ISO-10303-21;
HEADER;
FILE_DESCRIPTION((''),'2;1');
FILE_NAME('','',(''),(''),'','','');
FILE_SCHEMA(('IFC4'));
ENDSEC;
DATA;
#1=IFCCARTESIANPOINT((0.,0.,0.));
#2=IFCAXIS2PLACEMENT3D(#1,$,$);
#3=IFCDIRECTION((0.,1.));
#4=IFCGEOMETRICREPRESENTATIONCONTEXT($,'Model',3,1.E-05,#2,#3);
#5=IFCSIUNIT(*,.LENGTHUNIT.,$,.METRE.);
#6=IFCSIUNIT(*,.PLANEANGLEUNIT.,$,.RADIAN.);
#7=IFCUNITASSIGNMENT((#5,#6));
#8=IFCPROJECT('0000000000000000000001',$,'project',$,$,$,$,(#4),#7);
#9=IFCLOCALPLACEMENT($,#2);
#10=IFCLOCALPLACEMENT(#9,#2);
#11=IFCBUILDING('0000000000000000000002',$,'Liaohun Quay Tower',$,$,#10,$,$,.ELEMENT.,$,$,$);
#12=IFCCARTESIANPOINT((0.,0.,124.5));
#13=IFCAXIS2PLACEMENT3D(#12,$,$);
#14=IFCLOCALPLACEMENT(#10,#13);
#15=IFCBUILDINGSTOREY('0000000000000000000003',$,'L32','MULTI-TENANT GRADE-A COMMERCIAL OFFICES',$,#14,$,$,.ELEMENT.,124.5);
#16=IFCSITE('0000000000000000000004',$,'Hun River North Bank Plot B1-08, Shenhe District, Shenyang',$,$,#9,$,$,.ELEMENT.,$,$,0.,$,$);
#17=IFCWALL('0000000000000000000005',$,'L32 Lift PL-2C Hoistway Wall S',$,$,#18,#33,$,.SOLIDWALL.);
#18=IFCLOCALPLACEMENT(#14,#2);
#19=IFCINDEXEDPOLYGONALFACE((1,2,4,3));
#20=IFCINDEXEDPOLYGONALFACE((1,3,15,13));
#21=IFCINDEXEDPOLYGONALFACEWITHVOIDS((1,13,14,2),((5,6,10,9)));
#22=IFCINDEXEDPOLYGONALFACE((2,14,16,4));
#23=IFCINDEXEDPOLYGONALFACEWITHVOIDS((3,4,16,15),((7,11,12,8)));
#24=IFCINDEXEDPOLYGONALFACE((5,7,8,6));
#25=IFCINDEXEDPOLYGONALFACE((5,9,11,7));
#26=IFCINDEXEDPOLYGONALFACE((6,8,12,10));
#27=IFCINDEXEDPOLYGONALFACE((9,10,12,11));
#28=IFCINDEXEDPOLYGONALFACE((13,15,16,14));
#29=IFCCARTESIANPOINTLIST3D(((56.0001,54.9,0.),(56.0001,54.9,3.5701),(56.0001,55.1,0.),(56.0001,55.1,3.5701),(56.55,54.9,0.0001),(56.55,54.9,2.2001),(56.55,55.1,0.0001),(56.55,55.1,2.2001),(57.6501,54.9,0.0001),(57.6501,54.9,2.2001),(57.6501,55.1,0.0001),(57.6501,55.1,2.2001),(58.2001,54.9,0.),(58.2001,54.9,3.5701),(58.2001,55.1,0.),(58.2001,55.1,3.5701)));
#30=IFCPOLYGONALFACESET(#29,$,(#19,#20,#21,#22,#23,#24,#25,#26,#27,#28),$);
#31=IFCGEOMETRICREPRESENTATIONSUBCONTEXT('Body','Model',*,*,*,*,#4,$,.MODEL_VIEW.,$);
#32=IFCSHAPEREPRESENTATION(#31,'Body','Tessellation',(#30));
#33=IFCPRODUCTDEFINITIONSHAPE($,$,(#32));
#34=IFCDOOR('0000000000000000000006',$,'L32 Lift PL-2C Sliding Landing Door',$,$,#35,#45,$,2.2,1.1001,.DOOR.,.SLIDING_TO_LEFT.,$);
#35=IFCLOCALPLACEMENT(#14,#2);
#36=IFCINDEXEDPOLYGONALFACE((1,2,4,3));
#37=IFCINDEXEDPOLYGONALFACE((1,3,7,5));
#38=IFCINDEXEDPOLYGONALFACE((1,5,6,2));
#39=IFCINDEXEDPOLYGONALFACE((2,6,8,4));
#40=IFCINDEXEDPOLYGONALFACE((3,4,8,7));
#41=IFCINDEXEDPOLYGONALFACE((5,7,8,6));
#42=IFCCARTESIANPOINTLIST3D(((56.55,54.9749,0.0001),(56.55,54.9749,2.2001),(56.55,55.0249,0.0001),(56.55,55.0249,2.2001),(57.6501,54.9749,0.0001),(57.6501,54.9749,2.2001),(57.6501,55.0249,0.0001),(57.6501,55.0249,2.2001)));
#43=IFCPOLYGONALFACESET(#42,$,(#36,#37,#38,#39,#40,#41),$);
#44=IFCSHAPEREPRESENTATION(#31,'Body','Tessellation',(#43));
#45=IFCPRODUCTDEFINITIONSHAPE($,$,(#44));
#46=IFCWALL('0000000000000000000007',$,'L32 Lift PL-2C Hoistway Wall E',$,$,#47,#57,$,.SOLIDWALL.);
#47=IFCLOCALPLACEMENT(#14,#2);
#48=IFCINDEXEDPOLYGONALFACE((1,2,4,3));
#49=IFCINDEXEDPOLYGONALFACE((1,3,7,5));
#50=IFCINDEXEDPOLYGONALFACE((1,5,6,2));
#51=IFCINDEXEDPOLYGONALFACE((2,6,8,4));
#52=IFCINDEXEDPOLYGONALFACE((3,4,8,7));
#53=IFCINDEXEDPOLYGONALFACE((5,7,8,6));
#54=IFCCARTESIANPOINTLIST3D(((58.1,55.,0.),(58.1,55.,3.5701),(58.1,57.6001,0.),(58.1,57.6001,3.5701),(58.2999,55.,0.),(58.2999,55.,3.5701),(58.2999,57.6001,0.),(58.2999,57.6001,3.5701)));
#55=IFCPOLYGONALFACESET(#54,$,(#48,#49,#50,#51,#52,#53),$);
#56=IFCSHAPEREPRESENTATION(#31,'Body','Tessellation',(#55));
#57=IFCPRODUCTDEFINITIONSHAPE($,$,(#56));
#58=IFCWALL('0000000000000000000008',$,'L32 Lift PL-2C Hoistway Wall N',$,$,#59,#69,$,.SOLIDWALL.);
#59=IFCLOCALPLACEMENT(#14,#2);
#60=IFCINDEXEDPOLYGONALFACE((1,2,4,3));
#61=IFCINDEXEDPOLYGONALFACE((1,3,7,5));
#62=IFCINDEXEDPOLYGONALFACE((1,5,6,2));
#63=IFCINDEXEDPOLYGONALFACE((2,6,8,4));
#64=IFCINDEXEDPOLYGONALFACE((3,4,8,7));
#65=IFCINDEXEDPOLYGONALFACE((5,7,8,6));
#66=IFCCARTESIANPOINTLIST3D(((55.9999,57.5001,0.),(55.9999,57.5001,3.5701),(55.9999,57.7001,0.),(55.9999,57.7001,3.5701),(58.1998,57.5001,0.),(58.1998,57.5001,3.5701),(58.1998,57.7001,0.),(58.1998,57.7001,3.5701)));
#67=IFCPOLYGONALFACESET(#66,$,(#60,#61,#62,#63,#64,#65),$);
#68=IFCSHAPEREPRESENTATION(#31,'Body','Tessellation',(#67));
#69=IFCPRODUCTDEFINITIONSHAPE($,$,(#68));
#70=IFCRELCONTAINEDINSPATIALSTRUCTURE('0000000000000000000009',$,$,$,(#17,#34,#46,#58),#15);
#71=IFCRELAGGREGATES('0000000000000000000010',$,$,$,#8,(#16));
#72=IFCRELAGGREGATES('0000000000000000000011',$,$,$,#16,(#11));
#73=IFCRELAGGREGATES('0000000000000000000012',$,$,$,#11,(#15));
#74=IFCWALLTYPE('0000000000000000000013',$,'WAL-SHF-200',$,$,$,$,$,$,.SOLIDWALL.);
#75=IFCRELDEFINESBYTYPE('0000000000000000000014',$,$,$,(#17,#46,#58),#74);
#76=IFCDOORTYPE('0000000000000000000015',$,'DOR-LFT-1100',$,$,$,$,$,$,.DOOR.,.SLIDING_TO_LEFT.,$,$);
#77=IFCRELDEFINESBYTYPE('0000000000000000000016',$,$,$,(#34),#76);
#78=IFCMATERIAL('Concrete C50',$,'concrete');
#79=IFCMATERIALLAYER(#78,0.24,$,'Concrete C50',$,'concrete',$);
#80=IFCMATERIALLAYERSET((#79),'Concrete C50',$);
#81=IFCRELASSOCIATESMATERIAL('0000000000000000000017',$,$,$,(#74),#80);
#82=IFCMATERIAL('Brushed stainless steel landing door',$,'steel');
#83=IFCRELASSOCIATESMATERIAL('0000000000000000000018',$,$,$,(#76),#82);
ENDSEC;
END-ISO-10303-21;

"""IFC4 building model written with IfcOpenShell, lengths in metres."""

from ifc_helpers import new_model, si_unit, direction, frame, frame_2d, origin, place, context, subcontext, project, spatial, rectangle, extrude, source, transform, mapped, material, layer, layer_set, type_object, element, fill, save


model = new_model("IFC4")

# Units and contexts
model_context = context("Model", 3, precision=1e-05, world=origin(), true_north=direction((0.0, 1.0)))
body_context = subcontext(model_context, "Body", "Model", "MODEL_VIEW")
ifc_project = project(units=[si_unit("LENGTHUNIT", "METRE"), si_unit("PLANEANGLEUNIT", "RADIAN")], contexts=[model_context])

# Site, building, storey
site_placement = place(None, origin())
site = spatial("IfcSite", under=ifc_project, at=site_placement, Name="Hun River North Bank Plot B1-08, Shenhe District, Shenyang", CompositionType="ELEMENT", RefElevation=0.0)
building_placement = place(site_placement, origin())
building = spatial("IfcBuilding", under=site, at=building_placement, Name="Liaohun Quay Tower", CompositionType="ELEMENT")
storey_placement = place(building_placement, frame((0.0, 0.0, 124.5)))
storey = spatial("IfcBuildingStorey", under=building, at=storey_placement, Name="L32", Description="MULTI-TENANT GRADE-A COMMERCIAL OFFICES", CompositionType="ELEMENT", Elevation=124.5)

# Shared definitions
ifc_material_1 = material(Name="Concrete C50", Category="concrete")
ifc_layer = layer(ifc_material_1, 0.24, Name="Concrete C50", Category="concrete")
ifc_layer_set = layer_set([ifc_layer], Name="Concrete C50")
wall_type = type_object("IfcWallType", Name="WAL-SHF-200", PredefinedType="SOLIDWALL", material=ifc_layer_set)

# Shared definitions
shared_shape_1 = source(origin(), body_context, "Body", "SweptSolid", [
    extrude(rectangle(XDim=1.1001, YDim=2.2, at=frame_2d((0.55, 1.1001))), frame((0.0, 0.1099, 0.0), z_axis=(0.0, -1.0, 0.0), x_axis=(1.0, 0.0, 0.0)), (0.0, 0.0, 1.0), 0.22),
])
ifc_material_2 = material(Name="Brushed stainless steel landing door", Category="steel")
door_type_1 = type_object("IfcDoorType", Name="DOR-LFT-1100", OperationType="SLIDING_TO_LEFT", PredefinedType="DOOR", material=ifc_material_2)
shared_shape_2 = source(origin(), body_context, "Body", "SweptSolid", [
    extrude(rectangle(XDim=1.1001, YDim=2.2, at=frame_2d((0.55, 1.1001))), frame((0.0, 0.0249, 0.0), z_axis=(0.0, -1.0, 0.0), x_axis=(1.0, 0.0, 0.0)), (0.0, 0.0, 1.0), 0.05),
])

# Wall, opening, door
wall_1_placement = place(storey_placement, frame((56.0, 55.0, 0.0), z_axis=(0.0, 0.0, 1.0), x_axis=(1.0, 0.0, 0.0)))
wall_1 = element("IfcWall", 1, at=wall_1_placement, inside=storey, type_object=wall_type, Name="L32 Lift PL-2C Hoistway Wall S", PredefinedType="SOLIDWALL", context=body_context, shape_type="SweptSolid", body=[
    extrude(rectangle(XDim=2.2, YDim=0.2, at=frame_2d((1.1001, 0.0))), origin(), (0.0, 0.0, 1.0), 3.5701),
])
opening_1_placement = place(wall_1_placement, frame((0.55, 0.0, 0.0)))
opening_1 = element("IfcOpeningElement", 2, at=opening_1_placement, cuts=wall_1, PredefinedType="OPENING", context=body_context, shape_type="MappedRepresentation", body=[
    mapped(shared_shape_1, transform((0.0, 0.0, 0.0), x_axis=(1.0, 0.0, 0.0), y_axis=(0.0, 1.0, 0.0), z_axis=(0.0, 0.0, 1.0), scale=1.0)),
])
door_1_placement = place(opening_1_placement, origin())
door_1 = element("IfcDoor", 3, at=door_1_placement, inside=storey, type_object=door_type_1, Name="L32 Lift PL-2C Sliding Landing Door", OperationType="SLIDING_TO_LEFT", OverallHeight=2.2, OverallWidth=1.1001, PredefinedType="DOOR", context=body_context, shape_type="MappedRepresentation", body=[
    mapped(shared_shape_2, transform((0.0, 0.0, 0.0), x_axis=(1.0, 0.0, 0.0), y_axis=(0.0, 1.0, 0.0), z_axis=(0.0, 0.0, 1.0), scale=1.0)),
])
fill(opening_1, door_1)

# Walls
wall_2_placement = place(storey_placement, frame((58.2, 55.0, 0.0), z_axis=(0.0, 0.0, 1.0), x_axis=(0.0, 1.0, 0.0)))
element("IfcWall", 4, at=wall_2_placement, inside=storey, type_object=wall_type, Name="L32 Lift PL-2C Hoistway Wall E", PredefinedType="SOLIDWALL", context=body_context, shape_type="SweptSolid", body=[
    extrude(rectangle(XDim=2.6001, YDim=0.2, at=frame_2d((1.3, 0.0))), origin(), (0.0, 0.0, 1.0), 3.5701),
])
wall_3_placement = place(storey_placement, frame((58.2, 57.6001, 0.0), z_axis=(0.0, 0.0, 1.0), x_axis=(-1.0, 0.0, 0.0)))
element("IfcWall", 5, at=wall_3_placement, inside=storey, type_object=wall_type, Name="L32 Lift PL-2C Hoistway Wall N", PredefinedType="SOLIDWALL", context=body_context, shape_type="SweptSolid", body=[
    extrude(rectangle(XDim=2.2, YDim=0.2, at=frame_2d((1.1001, 0.0))), origin(), (0.0, 0.0, 1.0), 3.5701),
])

save(model, "model.ifc")
